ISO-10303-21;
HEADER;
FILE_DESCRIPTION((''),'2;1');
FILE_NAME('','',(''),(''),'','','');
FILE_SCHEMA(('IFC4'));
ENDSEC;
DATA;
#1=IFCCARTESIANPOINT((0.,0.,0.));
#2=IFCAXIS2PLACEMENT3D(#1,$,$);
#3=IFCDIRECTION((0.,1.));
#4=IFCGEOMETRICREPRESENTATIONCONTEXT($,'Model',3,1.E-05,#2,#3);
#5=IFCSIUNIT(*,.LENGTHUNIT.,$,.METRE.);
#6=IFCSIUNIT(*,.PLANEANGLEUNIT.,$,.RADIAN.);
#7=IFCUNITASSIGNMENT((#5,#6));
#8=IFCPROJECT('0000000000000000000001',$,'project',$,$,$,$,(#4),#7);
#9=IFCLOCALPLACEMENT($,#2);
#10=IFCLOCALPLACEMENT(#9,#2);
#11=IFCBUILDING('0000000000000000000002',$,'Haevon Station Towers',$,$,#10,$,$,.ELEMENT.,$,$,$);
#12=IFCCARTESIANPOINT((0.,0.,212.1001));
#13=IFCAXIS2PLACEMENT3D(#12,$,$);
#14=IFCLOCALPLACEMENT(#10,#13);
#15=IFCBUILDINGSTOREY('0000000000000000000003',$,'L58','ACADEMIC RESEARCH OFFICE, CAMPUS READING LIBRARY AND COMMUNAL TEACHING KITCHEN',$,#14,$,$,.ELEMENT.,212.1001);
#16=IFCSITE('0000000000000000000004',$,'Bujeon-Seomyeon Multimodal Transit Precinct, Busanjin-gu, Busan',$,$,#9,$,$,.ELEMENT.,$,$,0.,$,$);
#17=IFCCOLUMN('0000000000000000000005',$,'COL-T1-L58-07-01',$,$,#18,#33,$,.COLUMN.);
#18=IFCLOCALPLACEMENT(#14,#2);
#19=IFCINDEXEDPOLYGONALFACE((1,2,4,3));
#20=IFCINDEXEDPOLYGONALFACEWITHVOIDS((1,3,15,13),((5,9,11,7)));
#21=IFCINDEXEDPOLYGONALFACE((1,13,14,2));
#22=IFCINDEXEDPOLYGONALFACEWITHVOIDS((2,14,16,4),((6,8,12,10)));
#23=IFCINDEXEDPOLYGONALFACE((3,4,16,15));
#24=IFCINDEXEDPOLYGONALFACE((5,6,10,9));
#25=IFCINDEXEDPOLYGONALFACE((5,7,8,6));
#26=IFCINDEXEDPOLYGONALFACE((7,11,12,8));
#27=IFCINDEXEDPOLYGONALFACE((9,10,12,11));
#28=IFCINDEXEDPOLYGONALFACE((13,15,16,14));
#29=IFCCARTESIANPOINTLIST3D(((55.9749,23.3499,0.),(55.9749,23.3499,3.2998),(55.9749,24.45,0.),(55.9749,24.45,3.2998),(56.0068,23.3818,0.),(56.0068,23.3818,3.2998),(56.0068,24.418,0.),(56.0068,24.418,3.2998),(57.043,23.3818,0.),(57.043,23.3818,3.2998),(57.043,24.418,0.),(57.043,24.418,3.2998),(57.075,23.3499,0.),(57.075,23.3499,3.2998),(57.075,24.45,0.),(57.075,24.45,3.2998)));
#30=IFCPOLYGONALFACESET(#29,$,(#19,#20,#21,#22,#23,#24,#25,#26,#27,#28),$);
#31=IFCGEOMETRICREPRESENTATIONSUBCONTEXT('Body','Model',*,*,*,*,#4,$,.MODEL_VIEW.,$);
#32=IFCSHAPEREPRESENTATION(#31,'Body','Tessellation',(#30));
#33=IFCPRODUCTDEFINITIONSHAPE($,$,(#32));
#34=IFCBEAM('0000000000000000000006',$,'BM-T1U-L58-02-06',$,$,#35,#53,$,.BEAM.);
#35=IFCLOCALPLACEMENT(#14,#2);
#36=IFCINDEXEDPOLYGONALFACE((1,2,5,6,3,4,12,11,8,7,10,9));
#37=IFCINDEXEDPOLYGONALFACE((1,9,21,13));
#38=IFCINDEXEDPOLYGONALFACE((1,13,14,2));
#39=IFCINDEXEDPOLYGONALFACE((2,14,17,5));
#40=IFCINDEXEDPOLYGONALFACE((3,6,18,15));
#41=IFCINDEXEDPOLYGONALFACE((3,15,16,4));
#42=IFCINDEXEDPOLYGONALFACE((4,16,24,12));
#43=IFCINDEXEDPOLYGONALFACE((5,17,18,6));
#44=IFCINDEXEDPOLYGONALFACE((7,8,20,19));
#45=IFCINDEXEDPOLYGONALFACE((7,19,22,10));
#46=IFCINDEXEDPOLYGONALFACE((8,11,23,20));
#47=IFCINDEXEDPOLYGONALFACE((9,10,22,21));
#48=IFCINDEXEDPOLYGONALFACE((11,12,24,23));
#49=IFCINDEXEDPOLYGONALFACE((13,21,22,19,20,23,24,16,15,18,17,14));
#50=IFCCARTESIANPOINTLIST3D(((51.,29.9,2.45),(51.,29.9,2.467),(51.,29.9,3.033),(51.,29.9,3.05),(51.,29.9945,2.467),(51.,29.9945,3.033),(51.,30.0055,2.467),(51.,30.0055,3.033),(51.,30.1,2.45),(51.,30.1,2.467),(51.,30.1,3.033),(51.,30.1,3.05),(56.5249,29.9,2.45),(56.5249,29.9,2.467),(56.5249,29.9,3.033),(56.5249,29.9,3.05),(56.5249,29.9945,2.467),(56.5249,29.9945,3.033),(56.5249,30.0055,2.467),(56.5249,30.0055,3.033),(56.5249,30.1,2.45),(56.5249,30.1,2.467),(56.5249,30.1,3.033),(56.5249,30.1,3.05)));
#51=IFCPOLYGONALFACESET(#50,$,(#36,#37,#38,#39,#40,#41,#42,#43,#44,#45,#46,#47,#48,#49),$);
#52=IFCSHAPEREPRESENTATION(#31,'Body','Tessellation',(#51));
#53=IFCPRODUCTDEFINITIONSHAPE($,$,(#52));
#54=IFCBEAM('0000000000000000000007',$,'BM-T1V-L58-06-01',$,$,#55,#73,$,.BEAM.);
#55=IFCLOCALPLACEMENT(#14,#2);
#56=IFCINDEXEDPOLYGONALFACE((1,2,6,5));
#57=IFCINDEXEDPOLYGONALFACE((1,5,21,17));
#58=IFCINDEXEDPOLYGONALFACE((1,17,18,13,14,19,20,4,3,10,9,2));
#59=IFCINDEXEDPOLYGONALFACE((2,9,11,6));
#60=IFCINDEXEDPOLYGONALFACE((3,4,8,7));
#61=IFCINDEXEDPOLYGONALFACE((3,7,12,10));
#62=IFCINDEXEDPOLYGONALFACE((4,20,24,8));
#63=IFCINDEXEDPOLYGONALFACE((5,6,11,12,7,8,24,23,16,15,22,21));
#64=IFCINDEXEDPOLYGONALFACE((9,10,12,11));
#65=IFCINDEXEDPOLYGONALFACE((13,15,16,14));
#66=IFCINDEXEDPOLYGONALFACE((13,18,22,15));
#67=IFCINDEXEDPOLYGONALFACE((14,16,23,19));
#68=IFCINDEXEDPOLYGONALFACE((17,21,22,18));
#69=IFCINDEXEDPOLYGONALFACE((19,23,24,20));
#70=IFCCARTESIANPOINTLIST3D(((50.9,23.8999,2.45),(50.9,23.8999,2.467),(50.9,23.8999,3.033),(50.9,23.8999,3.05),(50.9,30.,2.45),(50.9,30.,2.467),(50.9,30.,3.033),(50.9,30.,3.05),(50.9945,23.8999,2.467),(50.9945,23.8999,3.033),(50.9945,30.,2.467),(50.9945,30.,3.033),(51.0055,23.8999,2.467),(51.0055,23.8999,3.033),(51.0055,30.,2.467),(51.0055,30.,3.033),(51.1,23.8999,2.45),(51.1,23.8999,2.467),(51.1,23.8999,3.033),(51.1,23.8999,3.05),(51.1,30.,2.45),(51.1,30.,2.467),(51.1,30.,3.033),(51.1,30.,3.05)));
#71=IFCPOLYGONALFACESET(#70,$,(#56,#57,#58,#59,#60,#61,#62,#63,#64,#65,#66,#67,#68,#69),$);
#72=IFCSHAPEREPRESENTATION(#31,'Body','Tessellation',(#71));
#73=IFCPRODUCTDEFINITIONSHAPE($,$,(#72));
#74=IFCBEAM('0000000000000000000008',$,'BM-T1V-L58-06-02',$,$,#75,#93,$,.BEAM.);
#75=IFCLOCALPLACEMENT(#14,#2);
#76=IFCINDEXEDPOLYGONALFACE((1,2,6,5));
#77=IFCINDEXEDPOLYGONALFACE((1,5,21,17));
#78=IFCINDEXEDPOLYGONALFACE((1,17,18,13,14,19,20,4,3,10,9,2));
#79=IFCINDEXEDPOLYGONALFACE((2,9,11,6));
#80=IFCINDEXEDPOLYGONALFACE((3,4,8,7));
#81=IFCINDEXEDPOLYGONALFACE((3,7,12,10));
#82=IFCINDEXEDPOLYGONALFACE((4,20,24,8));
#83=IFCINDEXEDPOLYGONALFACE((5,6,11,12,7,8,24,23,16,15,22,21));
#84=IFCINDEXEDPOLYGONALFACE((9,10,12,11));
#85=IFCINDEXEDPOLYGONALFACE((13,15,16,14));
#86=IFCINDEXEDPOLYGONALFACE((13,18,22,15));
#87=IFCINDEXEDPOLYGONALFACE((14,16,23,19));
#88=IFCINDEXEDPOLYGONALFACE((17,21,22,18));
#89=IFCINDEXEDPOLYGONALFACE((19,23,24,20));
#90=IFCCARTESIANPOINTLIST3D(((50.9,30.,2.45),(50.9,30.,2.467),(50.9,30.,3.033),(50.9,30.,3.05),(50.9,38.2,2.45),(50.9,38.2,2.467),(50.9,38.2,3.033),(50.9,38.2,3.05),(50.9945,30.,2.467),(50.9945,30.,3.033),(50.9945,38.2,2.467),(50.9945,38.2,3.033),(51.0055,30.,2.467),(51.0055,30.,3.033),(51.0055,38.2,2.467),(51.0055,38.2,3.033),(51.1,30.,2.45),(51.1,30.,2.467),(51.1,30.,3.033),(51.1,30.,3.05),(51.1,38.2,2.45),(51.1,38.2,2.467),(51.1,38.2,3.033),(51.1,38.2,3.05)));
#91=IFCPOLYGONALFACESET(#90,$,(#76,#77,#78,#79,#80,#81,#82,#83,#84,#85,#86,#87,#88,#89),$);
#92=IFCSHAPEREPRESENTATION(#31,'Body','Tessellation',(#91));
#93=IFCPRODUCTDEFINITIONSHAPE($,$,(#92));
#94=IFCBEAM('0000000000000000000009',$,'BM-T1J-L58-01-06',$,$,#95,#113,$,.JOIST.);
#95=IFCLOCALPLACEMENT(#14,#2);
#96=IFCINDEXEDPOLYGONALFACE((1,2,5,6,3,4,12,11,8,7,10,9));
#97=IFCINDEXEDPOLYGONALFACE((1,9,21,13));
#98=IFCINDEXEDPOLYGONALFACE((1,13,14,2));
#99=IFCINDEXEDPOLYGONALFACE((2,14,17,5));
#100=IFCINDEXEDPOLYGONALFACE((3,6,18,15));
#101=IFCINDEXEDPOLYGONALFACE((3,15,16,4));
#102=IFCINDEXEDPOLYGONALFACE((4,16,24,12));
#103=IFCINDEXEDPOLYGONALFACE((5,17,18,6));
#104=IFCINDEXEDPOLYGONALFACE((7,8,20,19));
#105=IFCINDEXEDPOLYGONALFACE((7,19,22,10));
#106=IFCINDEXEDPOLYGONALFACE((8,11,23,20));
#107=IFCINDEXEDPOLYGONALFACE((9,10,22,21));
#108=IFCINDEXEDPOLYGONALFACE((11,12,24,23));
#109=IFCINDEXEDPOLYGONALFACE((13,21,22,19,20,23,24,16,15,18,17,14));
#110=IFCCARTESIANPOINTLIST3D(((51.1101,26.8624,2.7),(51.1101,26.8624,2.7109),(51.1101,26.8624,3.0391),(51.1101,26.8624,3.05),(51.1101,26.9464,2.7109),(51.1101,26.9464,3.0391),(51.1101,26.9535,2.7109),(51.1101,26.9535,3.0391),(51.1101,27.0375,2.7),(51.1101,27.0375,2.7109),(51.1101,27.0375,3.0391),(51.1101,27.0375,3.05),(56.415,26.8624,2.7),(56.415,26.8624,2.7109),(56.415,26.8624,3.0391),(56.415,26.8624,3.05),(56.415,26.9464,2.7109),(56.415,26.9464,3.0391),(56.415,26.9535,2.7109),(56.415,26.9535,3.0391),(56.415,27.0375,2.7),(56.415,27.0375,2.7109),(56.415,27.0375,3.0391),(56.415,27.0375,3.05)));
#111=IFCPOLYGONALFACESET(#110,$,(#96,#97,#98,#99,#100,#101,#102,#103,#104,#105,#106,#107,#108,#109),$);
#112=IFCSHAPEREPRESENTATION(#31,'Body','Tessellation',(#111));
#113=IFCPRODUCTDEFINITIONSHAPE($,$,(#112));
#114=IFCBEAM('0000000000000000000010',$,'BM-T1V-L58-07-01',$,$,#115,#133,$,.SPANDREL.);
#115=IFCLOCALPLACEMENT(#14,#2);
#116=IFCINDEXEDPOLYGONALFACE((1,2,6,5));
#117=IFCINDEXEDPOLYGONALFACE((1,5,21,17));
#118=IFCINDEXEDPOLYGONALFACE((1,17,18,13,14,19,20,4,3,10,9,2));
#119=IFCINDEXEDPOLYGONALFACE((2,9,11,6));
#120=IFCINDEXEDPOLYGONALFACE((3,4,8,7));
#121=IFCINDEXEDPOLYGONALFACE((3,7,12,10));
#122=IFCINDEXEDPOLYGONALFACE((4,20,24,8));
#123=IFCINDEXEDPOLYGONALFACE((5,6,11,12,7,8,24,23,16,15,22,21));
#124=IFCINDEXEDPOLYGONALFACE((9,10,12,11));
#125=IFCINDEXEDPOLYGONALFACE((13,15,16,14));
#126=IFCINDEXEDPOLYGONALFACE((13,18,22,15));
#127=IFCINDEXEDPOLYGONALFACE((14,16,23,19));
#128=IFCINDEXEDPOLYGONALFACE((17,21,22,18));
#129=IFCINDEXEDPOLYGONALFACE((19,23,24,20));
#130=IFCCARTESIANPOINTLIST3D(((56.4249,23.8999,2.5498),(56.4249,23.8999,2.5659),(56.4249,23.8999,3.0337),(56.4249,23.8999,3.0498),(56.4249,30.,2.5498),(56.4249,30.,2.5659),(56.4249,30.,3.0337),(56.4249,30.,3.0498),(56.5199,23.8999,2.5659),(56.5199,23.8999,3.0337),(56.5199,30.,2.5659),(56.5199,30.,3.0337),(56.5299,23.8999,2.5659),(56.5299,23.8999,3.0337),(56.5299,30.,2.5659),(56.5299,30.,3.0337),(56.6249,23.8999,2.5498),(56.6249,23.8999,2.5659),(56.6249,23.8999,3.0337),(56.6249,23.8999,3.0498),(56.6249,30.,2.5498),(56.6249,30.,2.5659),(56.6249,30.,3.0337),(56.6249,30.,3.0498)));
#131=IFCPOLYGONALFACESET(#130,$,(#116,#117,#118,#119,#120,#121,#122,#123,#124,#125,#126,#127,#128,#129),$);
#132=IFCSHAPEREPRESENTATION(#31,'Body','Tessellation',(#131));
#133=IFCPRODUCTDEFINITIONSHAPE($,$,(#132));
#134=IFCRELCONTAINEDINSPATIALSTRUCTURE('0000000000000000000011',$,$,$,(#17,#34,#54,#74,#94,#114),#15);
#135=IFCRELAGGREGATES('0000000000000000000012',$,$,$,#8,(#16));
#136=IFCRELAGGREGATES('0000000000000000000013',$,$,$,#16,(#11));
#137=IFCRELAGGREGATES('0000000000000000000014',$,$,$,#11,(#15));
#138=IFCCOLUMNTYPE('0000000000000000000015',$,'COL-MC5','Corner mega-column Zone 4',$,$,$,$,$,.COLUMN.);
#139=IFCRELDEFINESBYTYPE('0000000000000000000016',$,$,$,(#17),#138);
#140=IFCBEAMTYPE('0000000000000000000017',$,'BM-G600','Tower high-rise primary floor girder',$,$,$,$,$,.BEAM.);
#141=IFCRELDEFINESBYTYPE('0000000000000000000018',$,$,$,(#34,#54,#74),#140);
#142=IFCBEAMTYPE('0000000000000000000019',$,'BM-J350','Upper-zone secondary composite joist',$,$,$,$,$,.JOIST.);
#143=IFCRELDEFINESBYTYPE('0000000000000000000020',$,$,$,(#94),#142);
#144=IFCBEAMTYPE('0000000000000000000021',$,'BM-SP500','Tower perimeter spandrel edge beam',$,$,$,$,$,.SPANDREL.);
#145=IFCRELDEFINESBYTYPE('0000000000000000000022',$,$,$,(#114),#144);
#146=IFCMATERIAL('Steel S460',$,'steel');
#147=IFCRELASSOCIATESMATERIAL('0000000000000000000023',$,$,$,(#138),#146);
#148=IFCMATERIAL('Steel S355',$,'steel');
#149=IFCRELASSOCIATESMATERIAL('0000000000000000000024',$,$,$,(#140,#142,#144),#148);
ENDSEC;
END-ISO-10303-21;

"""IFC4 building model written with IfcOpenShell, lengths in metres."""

from ifc_helpers import new_model, si_unit, direction, frame, origin, origin_2d, place, context, subcontext, project, spatial, hollow_rectangle, i_section, extrude, material, material_profile, profile_set, type_object, element, save


model = new_model("IFC4")

# Units and contexts
model_context = context("Model", 3, precision=1e-05, world=origin(), true_north=direction((0.0, 1.0)))
body_context = subcontext(model_context, "Body", "Model", "MODEL_VIEW")
ifc_project = project(units=[si_unit("LENGTHUNIT", "METRE"), si_unit("PLANEANGLEUNIT", "RADIAN")], contexts=[model_context])

# Site, building, storey
site_placement = place(None, origin())
site = spatial("IfcSite", under=ifc_project, at=site_placement, Name="Bujeon-Seomyeon Multimodal Transit Precinct, Busanjin-gu, Busan", CompositionType="ELEMENT", RefElevation=0.0)
building_placement = place(site_placement, origin())
building = spatial("IfcBuilding", under=site, at=building_placement, Name="Haevon Station Towers", CompositionType="ELEMENT")
storey_placement = place(building_placement, frame((0.0, 0.0, 212.1001)))
storey = spatial("IfcBuildingStorey", under=building, at=storey_placement, Name="L58", Description="ACADEMIC RESEARCH OFFICE, CAMPUS READING LIBRARY AND COMMUNAL TEACHING KITCHEN", CompositionType="ELEMENT", Elevation=212.1001)

# Column
ifc_material_1 = material(Name="Steel S460", Category="steel")
ifc_material_profile_1 = material_profile(ifc_material_1, hollow_rectangle(XDim=1.1001, YDim=1.1001, WallThickness=0.032, at=origin_2d()), Name="BOX-1100x1100x32")
ifc_profile_set_1 = profile_set([ifc_material_profile_1], Name="Steel S460")
column_type = type_object("IfcColumnType", Name="COL-MC5", Description="Corner mega-column Zone 4", PredefinedType="COLUMN", material=ifc_profile_set_1)
column_placement = place(storey_placement, frame((56.5249, 23.8999, 0.0), z_axis=(0.0, 0.0, 1.0), x_axis=(1.0, 0.0, 0.0)))
element("IfcColumn", 1, at=column_placement, inside=storey, type_object=column_type, Name="COL-T1-L58-07-01", PredefinedType="COLUMN", context=body_context, shape_type="SweptSolid", body=[
    extrude(hollow_rectangle(XDim=1.1001, YDim=1.1001, WallThickness=0.032, at=origin_2d()), origin(), (0.0, 0.0, 1.0), 3.2998),
])

# Beams
ifc_material_2 = material(Name="Steel S355", Category="steel")
ifc_material_profile_2 = material_profile(ifc_material_2, i_section(OverallWidth=0.2, OverallDepth=0.6001, WebThickness=0.011, FlangeThickness=0.0171, at=origin_2d()), Name="H-600x200x11x17")
ifc_profile_set_2 = profile_set([ifc_material_profile_2], Name="Steel S355")
beam_type_1 = type_object("IfcBeamType", Name="BM-G600", Description="Tower high-rise primary floor girder", PredefinedType="BEAM", material=ifc_profile_set_2)
beam_1_placement = place(storey_placement, frame((51.0, 30.0, 2.75), z_axis=(1.0, 0.0, 0.0), x_axis=(0.0, 1.0, 0.0)))
element("IfcBeam", 2, at=beam_1_placement, inside=storey, type_object=beam_type_1, Name="BM-T1U-L58-02-06", PredefinedType="BEAM", context=body_context, shape_type="SweptSolid", body=[
    extrude(i_section(OverallWidth=0.2, OverallDepth=0.6001, WebThickness=0.011, FlangeThickness=0.0171, at=origin_2d()), origin(), (0.0, 0.0, 1.0), 5.5249),
])
beam_2_placement = place(storey_placement, frame((51.0, 23.8999, 2.75), z_axis=(0.0, 1.0, 0.0), x_axis=(-1.0, 0.0, 0.0)))
element("IfcBeam", 3, at=beam_2_placement, inside=storey, type_object=beam_type_1, Name="BM-T1V-L58-06-01", PredefinedType="BEAM", context=body_context, shape_type="SweptSolid", body=[
    extrude(i_section(OverallWidth=0.2, OverallDepth=0.6001, WebThickness=0.011, FlangeThickness=0.0171, at=origin_2d()), origin(), (0.0, 0.0, 1.0), 6.1001),
])
beam_3_placement = place(storey_placement, frame((51.0, 30.0, 2.75), z_axis=(0.0, 1.0, 0.0), x_axis=(-1.0, 0.0, 0.0)))
element("IfcBeam", 4, at=beam_3_placement, inside=storey, type_object=beam_type_1, Name="BM-T1V-L58-06-02", PredefinedType="BEAM", context=body_context, shape_type="SweptSolid", body=[
    extrude(i_section(OverallWidth=0.2, OverallDepth=0.6001, WebThickness=0.011, FlangeThickness=0.0171, at=origin_2d()), origin(), (0.0, 0.0, 1.0), 8.2),
])
ifc_material_profile_3 = material_profile(ifc_material_2, i_section(OverallWidth=0.175, OverallDepth=0.3501, WebThickness=0.0071, FlangeThickness=0.011, at=origin_2d()), Name="H-350x175x7x11")
ifc_profile_set_3 = profile_set([ifc_material_profile_3], Name="Steel S355")
beam_type_2 = type_object("IfcBeamType", Name="BM-J350", Description="Upper-zone secondary composite joist", PredefinedType="JOIST", material=ifc_profile_set_3)
beam_4_placement = place(storey_placement, frame((51.1101, 26.95, 2.875), z_axis=(1.0, 0.0, 0.0), x_axis=(0.0, 1.0, 0.0)))
element("IfcBeam", 5, at=beam_4_placement, inside=storey, type_object=beam_type_2, Name="BM-T1J-L58-01-06", PredefinedType="JOIST", context=body_context, shape_type="SweptSolid", body=[
    extrude(i_section(OverallWidth=0.175, OverallDepth=0.3501, WebThickness=0.0071, FlangeThickness=0.011, at=origin_2d()), origin(), (0.0, 0.0, 1.0), 5.3049),
])
ifc_material_profile_4 = material_profile(ifc_material_2, i_section(OverallWidth=0.2, OverallDepth=0.5, WebThickness=0.01, FlangeThickness=0.0161, at=origin_2d()), Name="H-500x200x10x16")
ifc_profile_set_4 = profile_set([ifc_material_profile_4], Name="Steel S355")
beam_type_3 = type_object("IfcBeamType", Name="BM-SP500", Description="Tower perimeter spandrel edge beam", PredefinedType="SPANDREL", material=ifc_profile_set_4)
beam_5_placement = place(storey_placement, frame((56.5249, 23.8999, 2.7998), z_axis=(0.0, 1.0, 0.0), x_axis=(-1.0, 0.0, 0.0)))
element("IfcBeam", 6, at=beam_5_placement, inside=storey, type_object=beam_type_3, Name="BM-T1V-L58-07-01", PredefinedType="SPANDREL", context=body_context, shape_type="SweptSolid", body=[
    extrude(i_section(OverallWidth=0.2, OverallDepth=0.5, WebThickness=0.01, FlangeThickness=0.0161, at=origin_2d()), origin(), (0.0, 0.0, 1.0), 6.1001),
])

save(model, "model.ifc")
